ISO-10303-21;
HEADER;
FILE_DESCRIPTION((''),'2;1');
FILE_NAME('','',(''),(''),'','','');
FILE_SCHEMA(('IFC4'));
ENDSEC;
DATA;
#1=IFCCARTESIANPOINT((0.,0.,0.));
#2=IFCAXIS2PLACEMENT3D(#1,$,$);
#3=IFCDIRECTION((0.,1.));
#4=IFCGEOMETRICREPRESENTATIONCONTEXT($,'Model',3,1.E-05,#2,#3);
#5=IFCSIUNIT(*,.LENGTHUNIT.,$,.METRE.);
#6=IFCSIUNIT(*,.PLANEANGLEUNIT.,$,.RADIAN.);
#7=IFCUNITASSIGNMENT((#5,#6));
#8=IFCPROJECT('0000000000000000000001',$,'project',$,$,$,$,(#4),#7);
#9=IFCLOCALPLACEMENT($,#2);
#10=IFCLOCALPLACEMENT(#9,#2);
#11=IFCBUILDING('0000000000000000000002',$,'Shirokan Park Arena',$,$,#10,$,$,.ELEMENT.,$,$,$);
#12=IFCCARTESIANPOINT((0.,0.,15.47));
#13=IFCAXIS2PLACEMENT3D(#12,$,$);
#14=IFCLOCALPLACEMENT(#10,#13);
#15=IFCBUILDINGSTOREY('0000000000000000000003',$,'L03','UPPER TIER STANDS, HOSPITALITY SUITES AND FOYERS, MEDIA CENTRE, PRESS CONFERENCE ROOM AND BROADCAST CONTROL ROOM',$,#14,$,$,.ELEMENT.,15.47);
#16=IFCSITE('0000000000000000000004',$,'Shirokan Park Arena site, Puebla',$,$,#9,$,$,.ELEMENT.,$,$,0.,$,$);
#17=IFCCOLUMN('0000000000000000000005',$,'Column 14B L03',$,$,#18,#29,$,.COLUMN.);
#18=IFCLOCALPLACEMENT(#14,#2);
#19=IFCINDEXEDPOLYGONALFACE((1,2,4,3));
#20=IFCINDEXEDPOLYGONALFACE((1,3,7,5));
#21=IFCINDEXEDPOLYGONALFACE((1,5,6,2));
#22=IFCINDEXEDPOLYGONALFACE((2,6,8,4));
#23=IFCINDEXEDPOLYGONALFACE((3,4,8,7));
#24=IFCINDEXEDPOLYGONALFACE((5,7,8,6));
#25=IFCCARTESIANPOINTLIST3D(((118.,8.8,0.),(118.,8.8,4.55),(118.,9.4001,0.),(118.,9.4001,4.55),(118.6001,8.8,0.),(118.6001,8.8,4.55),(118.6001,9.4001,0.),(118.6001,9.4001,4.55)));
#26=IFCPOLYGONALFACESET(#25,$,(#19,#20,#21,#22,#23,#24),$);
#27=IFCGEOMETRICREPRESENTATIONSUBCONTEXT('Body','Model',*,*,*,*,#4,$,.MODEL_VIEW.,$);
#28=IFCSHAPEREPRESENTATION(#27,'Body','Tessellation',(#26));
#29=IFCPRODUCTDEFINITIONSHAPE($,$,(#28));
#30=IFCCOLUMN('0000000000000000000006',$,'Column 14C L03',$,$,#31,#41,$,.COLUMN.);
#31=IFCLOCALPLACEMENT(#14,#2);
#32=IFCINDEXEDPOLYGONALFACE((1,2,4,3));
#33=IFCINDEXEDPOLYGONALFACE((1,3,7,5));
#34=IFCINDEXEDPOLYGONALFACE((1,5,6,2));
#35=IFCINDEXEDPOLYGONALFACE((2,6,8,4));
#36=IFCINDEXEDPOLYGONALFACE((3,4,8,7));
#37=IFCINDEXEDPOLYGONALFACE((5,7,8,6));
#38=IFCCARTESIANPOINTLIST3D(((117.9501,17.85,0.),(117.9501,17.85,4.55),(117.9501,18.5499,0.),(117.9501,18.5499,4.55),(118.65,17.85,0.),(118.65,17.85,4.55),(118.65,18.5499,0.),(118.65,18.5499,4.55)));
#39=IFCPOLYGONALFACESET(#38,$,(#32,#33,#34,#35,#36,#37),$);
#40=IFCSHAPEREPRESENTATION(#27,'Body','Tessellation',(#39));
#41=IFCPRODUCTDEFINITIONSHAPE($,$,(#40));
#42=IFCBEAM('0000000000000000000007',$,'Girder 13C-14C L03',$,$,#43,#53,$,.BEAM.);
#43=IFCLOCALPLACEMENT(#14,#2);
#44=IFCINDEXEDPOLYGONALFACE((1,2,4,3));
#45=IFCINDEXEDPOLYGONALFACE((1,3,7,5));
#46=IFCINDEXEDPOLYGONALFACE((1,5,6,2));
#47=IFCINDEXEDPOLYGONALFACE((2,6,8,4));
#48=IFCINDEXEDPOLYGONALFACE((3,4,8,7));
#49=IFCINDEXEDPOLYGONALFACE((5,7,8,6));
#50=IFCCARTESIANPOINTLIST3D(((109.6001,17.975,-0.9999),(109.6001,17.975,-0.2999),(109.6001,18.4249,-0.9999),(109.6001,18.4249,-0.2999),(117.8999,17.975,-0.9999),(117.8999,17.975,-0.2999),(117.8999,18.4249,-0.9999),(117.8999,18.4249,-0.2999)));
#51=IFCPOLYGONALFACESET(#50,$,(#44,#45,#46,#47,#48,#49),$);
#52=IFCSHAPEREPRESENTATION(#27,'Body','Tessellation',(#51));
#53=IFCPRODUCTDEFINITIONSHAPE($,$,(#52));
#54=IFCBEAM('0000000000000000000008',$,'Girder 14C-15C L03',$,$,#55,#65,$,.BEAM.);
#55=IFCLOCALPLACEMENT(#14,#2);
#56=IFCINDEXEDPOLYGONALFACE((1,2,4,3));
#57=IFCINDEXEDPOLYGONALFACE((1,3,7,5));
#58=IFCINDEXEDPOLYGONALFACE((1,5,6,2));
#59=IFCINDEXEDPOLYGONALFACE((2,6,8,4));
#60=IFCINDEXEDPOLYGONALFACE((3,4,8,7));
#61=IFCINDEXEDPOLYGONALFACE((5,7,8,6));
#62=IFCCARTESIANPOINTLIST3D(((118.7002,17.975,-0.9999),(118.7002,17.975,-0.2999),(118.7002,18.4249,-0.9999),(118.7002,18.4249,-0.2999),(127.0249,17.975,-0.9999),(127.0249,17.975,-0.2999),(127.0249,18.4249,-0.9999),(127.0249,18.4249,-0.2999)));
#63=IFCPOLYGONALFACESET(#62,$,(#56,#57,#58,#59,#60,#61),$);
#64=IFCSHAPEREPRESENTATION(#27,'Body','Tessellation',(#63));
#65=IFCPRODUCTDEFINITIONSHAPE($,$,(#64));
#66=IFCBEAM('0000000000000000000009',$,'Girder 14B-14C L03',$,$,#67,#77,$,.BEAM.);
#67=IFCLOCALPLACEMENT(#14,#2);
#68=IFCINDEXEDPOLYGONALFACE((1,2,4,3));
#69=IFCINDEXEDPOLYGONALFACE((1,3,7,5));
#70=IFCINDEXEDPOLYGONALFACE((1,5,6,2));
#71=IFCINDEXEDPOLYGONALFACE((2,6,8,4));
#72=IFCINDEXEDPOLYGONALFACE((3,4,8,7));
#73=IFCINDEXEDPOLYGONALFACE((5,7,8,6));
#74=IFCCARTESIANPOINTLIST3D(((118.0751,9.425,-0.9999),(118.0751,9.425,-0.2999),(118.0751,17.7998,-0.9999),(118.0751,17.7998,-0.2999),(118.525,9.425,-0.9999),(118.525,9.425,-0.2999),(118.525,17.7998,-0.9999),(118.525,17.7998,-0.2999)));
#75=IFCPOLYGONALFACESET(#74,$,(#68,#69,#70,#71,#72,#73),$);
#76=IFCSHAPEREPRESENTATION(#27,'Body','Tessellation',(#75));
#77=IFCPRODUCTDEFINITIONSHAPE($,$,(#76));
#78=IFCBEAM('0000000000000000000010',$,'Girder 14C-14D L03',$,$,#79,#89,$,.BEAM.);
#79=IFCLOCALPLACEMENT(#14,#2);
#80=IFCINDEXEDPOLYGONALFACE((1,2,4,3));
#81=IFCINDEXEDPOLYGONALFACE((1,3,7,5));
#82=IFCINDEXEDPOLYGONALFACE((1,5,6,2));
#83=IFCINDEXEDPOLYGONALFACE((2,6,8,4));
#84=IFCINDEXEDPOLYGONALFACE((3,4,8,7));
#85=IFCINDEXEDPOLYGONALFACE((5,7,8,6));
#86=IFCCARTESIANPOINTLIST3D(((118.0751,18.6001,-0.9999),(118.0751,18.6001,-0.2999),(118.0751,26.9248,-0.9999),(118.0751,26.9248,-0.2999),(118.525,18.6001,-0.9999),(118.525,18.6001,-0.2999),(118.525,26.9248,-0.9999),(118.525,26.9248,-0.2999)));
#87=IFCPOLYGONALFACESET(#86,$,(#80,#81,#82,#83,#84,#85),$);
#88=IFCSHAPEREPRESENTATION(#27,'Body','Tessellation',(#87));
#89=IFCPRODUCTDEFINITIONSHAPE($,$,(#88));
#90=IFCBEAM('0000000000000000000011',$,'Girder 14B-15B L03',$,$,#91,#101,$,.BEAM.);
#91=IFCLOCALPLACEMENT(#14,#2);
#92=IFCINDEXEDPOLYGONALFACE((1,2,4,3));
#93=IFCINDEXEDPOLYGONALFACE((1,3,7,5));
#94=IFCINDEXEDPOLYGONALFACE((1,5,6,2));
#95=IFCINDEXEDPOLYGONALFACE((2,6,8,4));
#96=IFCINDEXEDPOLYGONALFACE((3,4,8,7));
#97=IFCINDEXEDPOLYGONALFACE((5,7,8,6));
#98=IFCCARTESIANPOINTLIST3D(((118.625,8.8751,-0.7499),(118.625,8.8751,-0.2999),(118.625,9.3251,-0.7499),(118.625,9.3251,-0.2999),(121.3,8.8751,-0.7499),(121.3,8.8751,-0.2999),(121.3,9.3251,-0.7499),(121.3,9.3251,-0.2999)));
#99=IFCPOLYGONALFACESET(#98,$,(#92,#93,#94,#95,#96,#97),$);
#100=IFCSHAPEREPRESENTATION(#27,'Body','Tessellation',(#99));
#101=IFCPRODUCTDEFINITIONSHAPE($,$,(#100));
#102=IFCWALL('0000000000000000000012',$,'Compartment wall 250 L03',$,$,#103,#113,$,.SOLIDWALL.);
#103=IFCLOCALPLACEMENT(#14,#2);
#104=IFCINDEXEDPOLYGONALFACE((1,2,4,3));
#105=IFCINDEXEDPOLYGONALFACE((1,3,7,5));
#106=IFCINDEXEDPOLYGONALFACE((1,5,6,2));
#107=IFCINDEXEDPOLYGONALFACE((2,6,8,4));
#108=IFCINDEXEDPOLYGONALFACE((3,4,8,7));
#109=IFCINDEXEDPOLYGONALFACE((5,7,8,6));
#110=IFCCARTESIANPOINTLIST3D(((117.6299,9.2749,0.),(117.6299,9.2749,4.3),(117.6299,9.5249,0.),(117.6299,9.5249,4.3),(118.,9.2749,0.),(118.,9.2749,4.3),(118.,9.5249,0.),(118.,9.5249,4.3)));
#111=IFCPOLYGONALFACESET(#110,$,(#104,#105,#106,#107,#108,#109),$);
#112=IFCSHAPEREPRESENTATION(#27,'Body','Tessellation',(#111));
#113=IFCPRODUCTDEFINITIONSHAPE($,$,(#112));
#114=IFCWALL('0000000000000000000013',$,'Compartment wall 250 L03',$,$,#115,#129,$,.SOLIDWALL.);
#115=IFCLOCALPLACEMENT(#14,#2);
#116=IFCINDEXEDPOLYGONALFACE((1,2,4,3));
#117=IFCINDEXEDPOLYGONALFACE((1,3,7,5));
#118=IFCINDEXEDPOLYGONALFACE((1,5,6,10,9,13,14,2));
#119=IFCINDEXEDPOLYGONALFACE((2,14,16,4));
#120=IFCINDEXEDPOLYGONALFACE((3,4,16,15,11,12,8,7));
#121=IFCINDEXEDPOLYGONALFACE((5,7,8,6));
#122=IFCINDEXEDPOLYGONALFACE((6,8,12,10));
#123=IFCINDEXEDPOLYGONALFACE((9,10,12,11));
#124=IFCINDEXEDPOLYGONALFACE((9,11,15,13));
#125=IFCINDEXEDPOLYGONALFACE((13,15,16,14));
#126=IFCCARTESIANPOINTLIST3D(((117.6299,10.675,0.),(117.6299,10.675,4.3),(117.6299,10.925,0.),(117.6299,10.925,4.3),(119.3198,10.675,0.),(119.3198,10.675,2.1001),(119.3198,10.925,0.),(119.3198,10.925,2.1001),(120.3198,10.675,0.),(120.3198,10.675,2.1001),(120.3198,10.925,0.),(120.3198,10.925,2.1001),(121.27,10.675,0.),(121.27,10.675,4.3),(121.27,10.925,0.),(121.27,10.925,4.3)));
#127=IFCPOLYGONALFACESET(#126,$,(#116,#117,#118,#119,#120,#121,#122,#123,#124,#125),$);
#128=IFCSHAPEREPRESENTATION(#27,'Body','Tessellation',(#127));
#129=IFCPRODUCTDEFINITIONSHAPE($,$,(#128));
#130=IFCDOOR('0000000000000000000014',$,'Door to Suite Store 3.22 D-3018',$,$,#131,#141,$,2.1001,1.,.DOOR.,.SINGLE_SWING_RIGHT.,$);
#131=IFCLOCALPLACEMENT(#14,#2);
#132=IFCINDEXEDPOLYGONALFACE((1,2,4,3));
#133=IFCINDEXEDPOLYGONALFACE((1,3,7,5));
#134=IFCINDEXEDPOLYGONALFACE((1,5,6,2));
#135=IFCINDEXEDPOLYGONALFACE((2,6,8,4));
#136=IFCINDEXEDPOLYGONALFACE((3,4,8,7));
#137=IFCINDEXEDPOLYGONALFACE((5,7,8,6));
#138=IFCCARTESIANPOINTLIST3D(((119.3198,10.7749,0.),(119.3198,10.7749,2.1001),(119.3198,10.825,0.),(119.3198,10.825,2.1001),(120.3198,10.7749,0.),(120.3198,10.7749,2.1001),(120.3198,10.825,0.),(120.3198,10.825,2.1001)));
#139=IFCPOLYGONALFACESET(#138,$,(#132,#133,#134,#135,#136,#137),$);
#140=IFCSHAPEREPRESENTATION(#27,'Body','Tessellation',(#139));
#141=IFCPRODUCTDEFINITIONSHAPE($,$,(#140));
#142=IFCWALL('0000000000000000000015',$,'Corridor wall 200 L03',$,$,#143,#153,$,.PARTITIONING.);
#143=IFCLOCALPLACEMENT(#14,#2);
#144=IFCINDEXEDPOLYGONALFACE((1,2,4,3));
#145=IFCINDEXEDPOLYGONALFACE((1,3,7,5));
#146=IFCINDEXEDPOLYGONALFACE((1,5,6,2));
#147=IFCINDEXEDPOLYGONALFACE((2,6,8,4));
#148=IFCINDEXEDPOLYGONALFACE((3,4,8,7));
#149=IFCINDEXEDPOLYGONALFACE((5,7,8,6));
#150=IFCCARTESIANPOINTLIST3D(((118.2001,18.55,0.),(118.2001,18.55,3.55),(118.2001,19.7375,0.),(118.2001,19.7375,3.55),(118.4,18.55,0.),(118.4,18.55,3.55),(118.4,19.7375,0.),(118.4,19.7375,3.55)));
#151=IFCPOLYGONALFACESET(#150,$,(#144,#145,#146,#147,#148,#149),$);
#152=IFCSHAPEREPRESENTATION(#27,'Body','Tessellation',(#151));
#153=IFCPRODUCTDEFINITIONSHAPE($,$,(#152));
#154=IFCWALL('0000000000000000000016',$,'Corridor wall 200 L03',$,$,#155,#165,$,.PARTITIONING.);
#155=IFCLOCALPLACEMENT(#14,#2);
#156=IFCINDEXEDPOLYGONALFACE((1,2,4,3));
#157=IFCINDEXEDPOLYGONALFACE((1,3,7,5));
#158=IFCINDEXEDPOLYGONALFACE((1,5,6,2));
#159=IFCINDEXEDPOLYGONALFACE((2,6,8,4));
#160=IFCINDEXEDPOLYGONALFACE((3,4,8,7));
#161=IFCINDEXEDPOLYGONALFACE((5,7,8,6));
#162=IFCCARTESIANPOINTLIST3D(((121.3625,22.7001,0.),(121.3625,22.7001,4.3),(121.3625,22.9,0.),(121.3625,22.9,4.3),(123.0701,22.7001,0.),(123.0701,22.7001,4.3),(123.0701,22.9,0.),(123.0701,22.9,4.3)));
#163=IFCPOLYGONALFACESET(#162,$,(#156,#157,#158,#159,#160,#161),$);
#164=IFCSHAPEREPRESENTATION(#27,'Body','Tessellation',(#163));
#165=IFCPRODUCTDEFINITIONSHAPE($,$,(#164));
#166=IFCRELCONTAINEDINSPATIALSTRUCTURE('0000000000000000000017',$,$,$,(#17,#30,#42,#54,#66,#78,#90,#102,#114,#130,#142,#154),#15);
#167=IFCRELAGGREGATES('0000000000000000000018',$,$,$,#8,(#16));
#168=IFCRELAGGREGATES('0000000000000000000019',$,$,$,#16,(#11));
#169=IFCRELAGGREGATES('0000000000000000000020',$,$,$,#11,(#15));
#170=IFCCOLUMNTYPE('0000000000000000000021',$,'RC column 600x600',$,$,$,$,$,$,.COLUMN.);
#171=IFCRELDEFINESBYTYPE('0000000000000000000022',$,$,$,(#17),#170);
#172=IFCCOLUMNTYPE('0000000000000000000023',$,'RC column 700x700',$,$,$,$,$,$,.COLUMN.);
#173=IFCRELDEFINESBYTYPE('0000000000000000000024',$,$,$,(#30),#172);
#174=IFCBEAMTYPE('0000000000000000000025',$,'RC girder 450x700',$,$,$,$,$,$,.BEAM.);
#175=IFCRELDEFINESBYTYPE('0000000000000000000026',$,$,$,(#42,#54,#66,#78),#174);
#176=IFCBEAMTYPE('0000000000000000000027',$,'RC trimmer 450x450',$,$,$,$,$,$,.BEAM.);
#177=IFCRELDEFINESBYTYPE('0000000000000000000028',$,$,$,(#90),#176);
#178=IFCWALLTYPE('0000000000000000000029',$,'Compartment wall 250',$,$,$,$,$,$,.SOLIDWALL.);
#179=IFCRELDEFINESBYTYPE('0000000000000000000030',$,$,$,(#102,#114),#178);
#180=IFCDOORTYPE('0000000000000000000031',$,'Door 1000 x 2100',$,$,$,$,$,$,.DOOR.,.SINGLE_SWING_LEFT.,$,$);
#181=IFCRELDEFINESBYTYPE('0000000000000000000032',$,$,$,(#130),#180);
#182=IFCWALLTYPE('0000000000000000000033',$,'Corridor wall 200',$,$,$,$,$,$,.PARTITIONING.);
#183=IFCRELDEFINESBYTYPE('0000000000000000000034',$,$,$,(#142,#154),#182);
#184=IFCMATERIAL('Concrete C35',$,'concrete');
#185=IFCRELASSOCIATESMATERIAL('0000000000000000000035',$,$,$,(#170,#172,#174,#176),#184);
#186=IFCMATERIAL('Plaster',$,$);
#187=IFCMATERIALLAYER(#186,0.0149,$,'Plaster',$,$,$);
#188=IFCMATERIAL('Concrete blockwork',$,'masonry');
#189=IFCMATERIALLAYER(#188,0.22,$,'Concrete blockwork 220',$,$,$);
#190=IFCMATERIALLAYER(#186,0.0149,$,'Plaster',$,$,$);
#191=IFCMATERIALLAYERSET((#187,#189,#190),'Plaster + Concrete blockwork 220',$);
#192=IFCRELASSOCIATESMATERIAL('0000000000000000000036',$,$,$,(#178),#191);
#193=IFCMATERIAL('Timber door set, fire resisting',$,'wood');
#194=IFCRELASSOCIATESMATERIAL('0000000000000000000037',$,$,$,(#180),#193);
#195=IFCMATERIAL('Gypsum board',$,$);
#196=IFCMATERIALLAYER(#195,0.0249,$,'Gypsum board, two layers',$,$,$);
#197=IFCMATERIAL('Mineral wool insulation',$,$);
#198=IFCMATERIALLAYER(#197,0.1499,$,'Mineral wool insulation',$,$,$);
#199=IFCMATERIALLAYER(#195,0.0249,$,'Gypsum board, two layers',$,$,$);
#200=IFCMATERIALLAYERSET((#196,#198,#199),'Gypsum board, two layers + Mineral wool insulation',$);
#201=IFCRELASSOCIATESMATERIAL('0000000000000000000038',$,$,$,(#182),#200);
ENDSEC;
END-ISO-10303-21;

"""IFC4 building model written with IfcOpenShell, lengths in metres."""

from ifc_helpers import new_model, si_unit, direction, frame, frame_2d, origin, origin_2d, place, context, subcontext, project, spatial, rectangle, extrude, material, layer, layer_set, material_profile, profile_set, type_object, element, fill, save


model = new_model("IFC4")

# Units and contexts
model_context = context("Model", 3, precision=1e-05, world=origin(), true_north=direction((0.0, 1.0)))
body_context = subcontext(model_context, "Body", "Model", "MODEL_VIEW")
ifc_project = project(units=[si_unit("LENGTHUNIT", "METRE"), si_unit("PLANEANGLEUNIT", "RADIAN")], contexts=[model_context])

# Site, building, storey
site_placement = place(None, origin())
site = spatial("IfcSite", under=ifc_project, at=site_placement, Name="Shirokan Park Arena site, Puebla", CompositionType="ELEMENT", RefElevation=0.0)
building_placement = place(site_placement, origin())
building = spatial("IfcBuilding", under=site, at=building_placement, Name="Shirokan Park Arena", CompositionType="ELEMENT")
storey_placement = place(building_placement, frame((0.0, 0.0, 15.47)))
storey = spatial("IfcBuildingStorey", under=building, at=storey_placement, Name="L03", Description="UPPER TIER STANDS, HOSPITALITY SUITES AND FOYERS, MEDIA CENTRE, PRESS CONFERENCE ROOM AND BROADCAST CONTROL ROOM", CompositionType="ELEMENT", Elevation=15.47)

# Columns
ifc_material_1 = material(Name="Concrete C35", Category="concrete")
ifc_material_profile_1 = material_profile(ifc_material_1, rectangle(XDim=0.6001, YDim=0.6001, at=origin_2d()), Name="600x600")
ifc_profile_set_1 = profile_set([ifc_material_profile_1], Name="Concrete C35")
column_type_1 = type_object("IfcColumnType", Name="RC column 600x600", PredefinedType="COLUMN", material=ifc_profile_set_1)
column_1_placement = place(storey_placement, frame((118.3, 9.1001, 0.0), z_axis=(0.0, 0.0, 1.0), x_axis=(1.0, 0.0, 0.0)))
element("IfcColumn", 1, at=column_1_placement, inside=storey, type_object=column_type_1, Name="Column 14B L03", PredefinedType="COLUMN", context=body_context, shape_type="SweptSolid", body=[
    extrude(rectangle(XDim=0.6001, YDim=0.6001, at=origin_2d()), origin(), (0.0, 0.0, 1.0), 4.55),
])
ifc_material_profile_2 = material_profile(ifc_material_1, rectangle(XDim=0.7, YDim=0.7, at=origin_2d()), Name="700x700")
ifc_profile_set_2 = profile_set([ifc_material_profile_2], Name="Concrete C35")
column_type_2 = type_object("IfcColumnType", Name="RC column 700x700", PredefinedType="COLUMN", material=ifc_profile_set_2)
column_2_placement = place(storey_placement, frame((118.3, 18.2, 0.0), z_axis=(0.0, 0.0, 1.0), x_axis=(1.0, 0.0, 0.0)))
element("IfcColumn", 2, at=column_2_placement, inside=storey, type_object=column_type_2, Name="Column 14C L03", PredefinedType="COLUMN", context=body_context, shape_type="SweptSolid", body=[
    extrude(rectangle(XDim=0.7, YDim=0.7, at=origin_2d()), origin(), (0.0, 0.0, 1.0), 4.55),
])

# Beams
ifc_material_profile_3 = material_profile(ifc_material_1, rectangle(XDim=0.45, YDim=0.7, at=origin_2d()), Name="450x700")
ifc_profile_set_3 = profile_set([ifc_material_profile_3], Name="Concrete C35")
beam_type_1 = type_object("IfcBeamType", Name="RC girder 450x700", PredefinedType="BEAM", material=ifc_profile_set_3)
beam_1_placement = place(storey_placement, frame((109.6001, 18.2, -0.6499), z_axis=(1.0, 0.0, 0.0), x_axis=(0.0, 1.0, 0.0)))
element("IfcBeam", 3, at=beam_1_placement, inside=storey, type_object=beam_type_1, Name="Girder 13C-14C L03", PredefinedType="BEAM", context=body_context, shape_type="SweptSolid", body=[
    extrude(rectangle(XDim=0.45, YDim=0.7, at=origin_2d()), origin(), (0.0, 0.0, 1.0), 8.2998),
])
beam_2_placement = place(storey_placement, frame((118.7002, 18.2, -0.6499), z_axis=(1.0, 0.0, 0.0), x_axis=(0.0, 1.0, 0.0)))
element("IfcBeam", 4, at=beam_2_placement, inside=storey, type_object=beam_type_1, Name="Girder 14C-15C L03", PredefinedType="BEAM", context=body_context, shape_type="SweptSolid", body=[
    extrude(rectangle(XDim=0.45, YDim=0.7, at=origin_2d()), origin(), (0.0, 0.0, 1.0), 8.3247),
])
beam_3_placement = place(storey_placement, frame((118.3, 9.425, -0.6499), z_axis=(0.0, 1.0, 0.0), x_axis=(-1.0, 0.0, 0.0)))
element("IfcBeam", 5, at=beam_3_placement, inside=storey, type_object=beam_type_1, Name="Girder 14B-14C L03", PredefinedType="BEAM", context=body_context, shape_type="SweptSolid", body=[
    extrude(rectangle(XDim=0.45, YDim=0.7, at=origin_2d()), origin(), (0.0, 0.0, 1.0), 8.3748),
])
beam_4_placement = place(storey_placement, frame((118.3, 18.6001, -0.6499), z_axis=(0.0, 1.0, 0.0), x_axis=(-1.0, 0.0, 0.0)))
element("IfcBeam", 6, at=beam_4_placement, inside=storey, type_object=beam_type_1, Name="Girder 14C-14D L03", PredefinedType="BEAM", context=body_context, shape_type="SweptSolid", body=[
    extrude(rectangle(XDim=0.45, YDim=0.7, at=origin_2d()), origin(), (0.0, 0.0, 1.0), 8.3247),
])
ifc_material_profile_4 = material_profile(ifc_material_1, rectangle(XDim=0.45, YDim=0.45, at=origin_2d()), Name="450x450")
ifc_profile_set_4 = profile_set([ifc_material_profile_4], Name="Concrete C35")
beam_type_2 = type_object("IfcBeamType", Name="RC trimmer 450x450", PredefinedType="BEAM", material=ifc_profile_set_4)
beam_5_placement = place(storey_placement, frame((118.625, 9.1001, -0.5249), z_axis=(1.0, 0.0, 0.0), x_axis=(0.0, 1.0, 0.0)))
element("IfcBeam", 7, at=beam_5_placement, inside=storey, type_object=beam_type_2, Name="Girder 14B-15B L03", PredefinedType="BEAM", context=body_context, shape_type="SweptSolid", body=[
    extrude(rectangle(XDim=0.45, YDim=0.45, at=origin_2d()), origin(), (0.0, 0.0, 1.0), 2.675),
])

# Wall
ifc_material_2 = material(Name="Plaster")
ifc_layer_1 = layer(ifc_material_2, 0.0149, Name="Plaster")
ifc_material_3 = material(Name="Concrete blockwork", Category="masonry")
ifc_layer_2 = layer(ifc_material_3, 0.22, Name="Concrete blockwork 220")
ifc_layer_3 = layer(ifc_material_2, 0.0149, Name="Plaster")
ifc_layer_set_1 = layer_set([ifc_layer_1, ifc_layer_2, ifc_layer_3], Name="Plaster + Concrete blockwork 220")
wall_type_1 = type_object("IfcWallType", Name="Compartment wall 250", PredefinedType="SOLIDWALL", material=ifc_layer_set_1)
wall_1_placement = place(storey_placement, frame((118.0, 9.3999, 0.0), z_axis=(0.0, 0.0, 1.0), x_axis=(-1.0, 0.0, 0.0)))
element("IfcWall", 8, at=wall_1_placement, inside=storey, type_object=wall_type_1, Name="Compartment wall 250 L03", PredefinedType="SOLIDWALL", context=body_context, shape_type="SweptSolid", body=[
    extrude(rectangle(XDim=0.3701, YDim=0.25, at=frame_2d((0.1851, 0.0))), origin(), (0.0, 0.0, 1.0), 4.3),
])

# Wall, opening, door
wall_2_placement = place(storey_placement, frame((117.6299, 10.8, 0.0), z_axis=(0.0, 0.0, 1.0), x_axis=(1.0, 0.0, 0.0)))
wall_2 = element("IfcWall", 9, at=wall_2_placement, inside=storey, type_object=wall_type_1, Name="Compartment wall 250 L03", PredefinedType="SOLIDWALL", context=body_context, shape_type="SweptSolid", body=[
    extrude(rectangle(XDim=3.6401, YDim=0.25, at=frame_2d((1.8201, 0.0))), origin(), (0.0, 0.0, 1.0), 4.3),
])
opening_1_placement = place(wall_2_placement, frame((1.6899, 0.0, 0.0)))
opening_1 = element("IfcOpeningElement", 10, at=opening_1_placement, cuts=wall_2, PredefinedType="OPENING", context=body_context, shape_type="SweptSolid", body=[
    extrude(rectangle(XDim=1.0, YDim=2.1001, at=frame_2d((0.5, 1.05))), frame((0.0, 0.135, 0.0), z_axis=(0.0, -1.0, 0.0), x_axis=(1.0, 0.0, 0.0)), (0.0, 0.0, 1.0), 0.27),
])
ifc_material_4 = material(Name="Timber door set, fire resisting", Category="wood")
door_type_1 = type_object("IfcDoorType", Name="Door 1000 x 2100", OperationType="SINGLE_SWING_LEFT", PredefinedType="DOOR", material=ifc_material_4)
door_1_placement = place(opening_1_placement, origin())
door_1 = element("IfcDoor", 11, at=door_1_placement, inside=storey, type_object=door_type_1, Name="Door to Suite Store 3.22 D-3018", OperationType="SINGLE_SWING_RIGHT", OverallHeight=2.1001, OverallWidth=1.0, PredefinedType="DOOR", context=body_context, shape_type="SweptSolid", body=[
    extrude(rectangle(XDim=1.0, YDim=2.1001, at=frame_2d((0.5, 1.05))), frame((0.0, 0.0249, 0.0), z_axis=(0.0, -1.0, 0.0), x_axis=(1.0, 0.0, 0.0)), (0.0, 0.0, 1.0), 0.05),
])
fill(opening_1, door_1)
ifc_material_5 = material(Name="Gypsum board")
ifc_layer_4 = layer(ifc_material_5, 0.0249, Name="Gypsum board, two layers")
ifc_material_6 = material(Name="Mineral wool insulation")
ifc_layer_5 = layer(ifc_material_6, 0.1499, Name="Mineral wool insulation")
ifc_layer_6 = layer(ifc_material_5, 0.0249, Name="Gypsum board, two layers")
ifc_layer_set_2 = layer_set([ifc_layer_4, ifc_layer_5, ifc_layer_6], Name="Gypsum board, two layers + Mineral wool insulation")
wall_type_2 = type_object("IfcWallType", Name="Corridor wall 200", PredefinedType="PARTITIONING", material=ifc_layer_set_2)

# Wall
wall_3_placement = place(storey_placement, frame((118.3, 18.55, 0.0), z_axis=(0.0, 0.0, 1.0), x_axis=(0.0, 1.0, 0.0)))
element("IfcWall", 12, at=wall_3_placement, inside=storey, type_object=wall_type_2, Name="Corridor wall 200 L03", PredefinedType="PARTITIONING", context=body_context, shape_type="SweptSolid", body=[
    extrude(rectangle(XDim=1.1875, YDim=0.2, at=frame_2d((0.5938, 0.0))), origin(), (0.0, 0.0, 1.0), 3.55),
])

# Wall
wall_4_placement = place(storey_placement, frame((121.3625, 22.8, 0.0), z_axis=(0.0, 0.0, 1.0), x_axis=(1.0, 0.0, 0.0)))
element("IfcWall", 13, at=wall_4_placement, inside=storey, type_object=wall_type_2, Name="Corridor wall 200 L03", PredefinedType="PARTITIONING", context=body_context, shape_type="SweptSolid", body=[
    extrude(rectangle(XDim=1.7075, YDim=0.2, at=frame_2d((0.8538, 0.0))), origin(), (0.0, 0.0, 1.0), 4.3),
])

save(model, "model.ifc")
